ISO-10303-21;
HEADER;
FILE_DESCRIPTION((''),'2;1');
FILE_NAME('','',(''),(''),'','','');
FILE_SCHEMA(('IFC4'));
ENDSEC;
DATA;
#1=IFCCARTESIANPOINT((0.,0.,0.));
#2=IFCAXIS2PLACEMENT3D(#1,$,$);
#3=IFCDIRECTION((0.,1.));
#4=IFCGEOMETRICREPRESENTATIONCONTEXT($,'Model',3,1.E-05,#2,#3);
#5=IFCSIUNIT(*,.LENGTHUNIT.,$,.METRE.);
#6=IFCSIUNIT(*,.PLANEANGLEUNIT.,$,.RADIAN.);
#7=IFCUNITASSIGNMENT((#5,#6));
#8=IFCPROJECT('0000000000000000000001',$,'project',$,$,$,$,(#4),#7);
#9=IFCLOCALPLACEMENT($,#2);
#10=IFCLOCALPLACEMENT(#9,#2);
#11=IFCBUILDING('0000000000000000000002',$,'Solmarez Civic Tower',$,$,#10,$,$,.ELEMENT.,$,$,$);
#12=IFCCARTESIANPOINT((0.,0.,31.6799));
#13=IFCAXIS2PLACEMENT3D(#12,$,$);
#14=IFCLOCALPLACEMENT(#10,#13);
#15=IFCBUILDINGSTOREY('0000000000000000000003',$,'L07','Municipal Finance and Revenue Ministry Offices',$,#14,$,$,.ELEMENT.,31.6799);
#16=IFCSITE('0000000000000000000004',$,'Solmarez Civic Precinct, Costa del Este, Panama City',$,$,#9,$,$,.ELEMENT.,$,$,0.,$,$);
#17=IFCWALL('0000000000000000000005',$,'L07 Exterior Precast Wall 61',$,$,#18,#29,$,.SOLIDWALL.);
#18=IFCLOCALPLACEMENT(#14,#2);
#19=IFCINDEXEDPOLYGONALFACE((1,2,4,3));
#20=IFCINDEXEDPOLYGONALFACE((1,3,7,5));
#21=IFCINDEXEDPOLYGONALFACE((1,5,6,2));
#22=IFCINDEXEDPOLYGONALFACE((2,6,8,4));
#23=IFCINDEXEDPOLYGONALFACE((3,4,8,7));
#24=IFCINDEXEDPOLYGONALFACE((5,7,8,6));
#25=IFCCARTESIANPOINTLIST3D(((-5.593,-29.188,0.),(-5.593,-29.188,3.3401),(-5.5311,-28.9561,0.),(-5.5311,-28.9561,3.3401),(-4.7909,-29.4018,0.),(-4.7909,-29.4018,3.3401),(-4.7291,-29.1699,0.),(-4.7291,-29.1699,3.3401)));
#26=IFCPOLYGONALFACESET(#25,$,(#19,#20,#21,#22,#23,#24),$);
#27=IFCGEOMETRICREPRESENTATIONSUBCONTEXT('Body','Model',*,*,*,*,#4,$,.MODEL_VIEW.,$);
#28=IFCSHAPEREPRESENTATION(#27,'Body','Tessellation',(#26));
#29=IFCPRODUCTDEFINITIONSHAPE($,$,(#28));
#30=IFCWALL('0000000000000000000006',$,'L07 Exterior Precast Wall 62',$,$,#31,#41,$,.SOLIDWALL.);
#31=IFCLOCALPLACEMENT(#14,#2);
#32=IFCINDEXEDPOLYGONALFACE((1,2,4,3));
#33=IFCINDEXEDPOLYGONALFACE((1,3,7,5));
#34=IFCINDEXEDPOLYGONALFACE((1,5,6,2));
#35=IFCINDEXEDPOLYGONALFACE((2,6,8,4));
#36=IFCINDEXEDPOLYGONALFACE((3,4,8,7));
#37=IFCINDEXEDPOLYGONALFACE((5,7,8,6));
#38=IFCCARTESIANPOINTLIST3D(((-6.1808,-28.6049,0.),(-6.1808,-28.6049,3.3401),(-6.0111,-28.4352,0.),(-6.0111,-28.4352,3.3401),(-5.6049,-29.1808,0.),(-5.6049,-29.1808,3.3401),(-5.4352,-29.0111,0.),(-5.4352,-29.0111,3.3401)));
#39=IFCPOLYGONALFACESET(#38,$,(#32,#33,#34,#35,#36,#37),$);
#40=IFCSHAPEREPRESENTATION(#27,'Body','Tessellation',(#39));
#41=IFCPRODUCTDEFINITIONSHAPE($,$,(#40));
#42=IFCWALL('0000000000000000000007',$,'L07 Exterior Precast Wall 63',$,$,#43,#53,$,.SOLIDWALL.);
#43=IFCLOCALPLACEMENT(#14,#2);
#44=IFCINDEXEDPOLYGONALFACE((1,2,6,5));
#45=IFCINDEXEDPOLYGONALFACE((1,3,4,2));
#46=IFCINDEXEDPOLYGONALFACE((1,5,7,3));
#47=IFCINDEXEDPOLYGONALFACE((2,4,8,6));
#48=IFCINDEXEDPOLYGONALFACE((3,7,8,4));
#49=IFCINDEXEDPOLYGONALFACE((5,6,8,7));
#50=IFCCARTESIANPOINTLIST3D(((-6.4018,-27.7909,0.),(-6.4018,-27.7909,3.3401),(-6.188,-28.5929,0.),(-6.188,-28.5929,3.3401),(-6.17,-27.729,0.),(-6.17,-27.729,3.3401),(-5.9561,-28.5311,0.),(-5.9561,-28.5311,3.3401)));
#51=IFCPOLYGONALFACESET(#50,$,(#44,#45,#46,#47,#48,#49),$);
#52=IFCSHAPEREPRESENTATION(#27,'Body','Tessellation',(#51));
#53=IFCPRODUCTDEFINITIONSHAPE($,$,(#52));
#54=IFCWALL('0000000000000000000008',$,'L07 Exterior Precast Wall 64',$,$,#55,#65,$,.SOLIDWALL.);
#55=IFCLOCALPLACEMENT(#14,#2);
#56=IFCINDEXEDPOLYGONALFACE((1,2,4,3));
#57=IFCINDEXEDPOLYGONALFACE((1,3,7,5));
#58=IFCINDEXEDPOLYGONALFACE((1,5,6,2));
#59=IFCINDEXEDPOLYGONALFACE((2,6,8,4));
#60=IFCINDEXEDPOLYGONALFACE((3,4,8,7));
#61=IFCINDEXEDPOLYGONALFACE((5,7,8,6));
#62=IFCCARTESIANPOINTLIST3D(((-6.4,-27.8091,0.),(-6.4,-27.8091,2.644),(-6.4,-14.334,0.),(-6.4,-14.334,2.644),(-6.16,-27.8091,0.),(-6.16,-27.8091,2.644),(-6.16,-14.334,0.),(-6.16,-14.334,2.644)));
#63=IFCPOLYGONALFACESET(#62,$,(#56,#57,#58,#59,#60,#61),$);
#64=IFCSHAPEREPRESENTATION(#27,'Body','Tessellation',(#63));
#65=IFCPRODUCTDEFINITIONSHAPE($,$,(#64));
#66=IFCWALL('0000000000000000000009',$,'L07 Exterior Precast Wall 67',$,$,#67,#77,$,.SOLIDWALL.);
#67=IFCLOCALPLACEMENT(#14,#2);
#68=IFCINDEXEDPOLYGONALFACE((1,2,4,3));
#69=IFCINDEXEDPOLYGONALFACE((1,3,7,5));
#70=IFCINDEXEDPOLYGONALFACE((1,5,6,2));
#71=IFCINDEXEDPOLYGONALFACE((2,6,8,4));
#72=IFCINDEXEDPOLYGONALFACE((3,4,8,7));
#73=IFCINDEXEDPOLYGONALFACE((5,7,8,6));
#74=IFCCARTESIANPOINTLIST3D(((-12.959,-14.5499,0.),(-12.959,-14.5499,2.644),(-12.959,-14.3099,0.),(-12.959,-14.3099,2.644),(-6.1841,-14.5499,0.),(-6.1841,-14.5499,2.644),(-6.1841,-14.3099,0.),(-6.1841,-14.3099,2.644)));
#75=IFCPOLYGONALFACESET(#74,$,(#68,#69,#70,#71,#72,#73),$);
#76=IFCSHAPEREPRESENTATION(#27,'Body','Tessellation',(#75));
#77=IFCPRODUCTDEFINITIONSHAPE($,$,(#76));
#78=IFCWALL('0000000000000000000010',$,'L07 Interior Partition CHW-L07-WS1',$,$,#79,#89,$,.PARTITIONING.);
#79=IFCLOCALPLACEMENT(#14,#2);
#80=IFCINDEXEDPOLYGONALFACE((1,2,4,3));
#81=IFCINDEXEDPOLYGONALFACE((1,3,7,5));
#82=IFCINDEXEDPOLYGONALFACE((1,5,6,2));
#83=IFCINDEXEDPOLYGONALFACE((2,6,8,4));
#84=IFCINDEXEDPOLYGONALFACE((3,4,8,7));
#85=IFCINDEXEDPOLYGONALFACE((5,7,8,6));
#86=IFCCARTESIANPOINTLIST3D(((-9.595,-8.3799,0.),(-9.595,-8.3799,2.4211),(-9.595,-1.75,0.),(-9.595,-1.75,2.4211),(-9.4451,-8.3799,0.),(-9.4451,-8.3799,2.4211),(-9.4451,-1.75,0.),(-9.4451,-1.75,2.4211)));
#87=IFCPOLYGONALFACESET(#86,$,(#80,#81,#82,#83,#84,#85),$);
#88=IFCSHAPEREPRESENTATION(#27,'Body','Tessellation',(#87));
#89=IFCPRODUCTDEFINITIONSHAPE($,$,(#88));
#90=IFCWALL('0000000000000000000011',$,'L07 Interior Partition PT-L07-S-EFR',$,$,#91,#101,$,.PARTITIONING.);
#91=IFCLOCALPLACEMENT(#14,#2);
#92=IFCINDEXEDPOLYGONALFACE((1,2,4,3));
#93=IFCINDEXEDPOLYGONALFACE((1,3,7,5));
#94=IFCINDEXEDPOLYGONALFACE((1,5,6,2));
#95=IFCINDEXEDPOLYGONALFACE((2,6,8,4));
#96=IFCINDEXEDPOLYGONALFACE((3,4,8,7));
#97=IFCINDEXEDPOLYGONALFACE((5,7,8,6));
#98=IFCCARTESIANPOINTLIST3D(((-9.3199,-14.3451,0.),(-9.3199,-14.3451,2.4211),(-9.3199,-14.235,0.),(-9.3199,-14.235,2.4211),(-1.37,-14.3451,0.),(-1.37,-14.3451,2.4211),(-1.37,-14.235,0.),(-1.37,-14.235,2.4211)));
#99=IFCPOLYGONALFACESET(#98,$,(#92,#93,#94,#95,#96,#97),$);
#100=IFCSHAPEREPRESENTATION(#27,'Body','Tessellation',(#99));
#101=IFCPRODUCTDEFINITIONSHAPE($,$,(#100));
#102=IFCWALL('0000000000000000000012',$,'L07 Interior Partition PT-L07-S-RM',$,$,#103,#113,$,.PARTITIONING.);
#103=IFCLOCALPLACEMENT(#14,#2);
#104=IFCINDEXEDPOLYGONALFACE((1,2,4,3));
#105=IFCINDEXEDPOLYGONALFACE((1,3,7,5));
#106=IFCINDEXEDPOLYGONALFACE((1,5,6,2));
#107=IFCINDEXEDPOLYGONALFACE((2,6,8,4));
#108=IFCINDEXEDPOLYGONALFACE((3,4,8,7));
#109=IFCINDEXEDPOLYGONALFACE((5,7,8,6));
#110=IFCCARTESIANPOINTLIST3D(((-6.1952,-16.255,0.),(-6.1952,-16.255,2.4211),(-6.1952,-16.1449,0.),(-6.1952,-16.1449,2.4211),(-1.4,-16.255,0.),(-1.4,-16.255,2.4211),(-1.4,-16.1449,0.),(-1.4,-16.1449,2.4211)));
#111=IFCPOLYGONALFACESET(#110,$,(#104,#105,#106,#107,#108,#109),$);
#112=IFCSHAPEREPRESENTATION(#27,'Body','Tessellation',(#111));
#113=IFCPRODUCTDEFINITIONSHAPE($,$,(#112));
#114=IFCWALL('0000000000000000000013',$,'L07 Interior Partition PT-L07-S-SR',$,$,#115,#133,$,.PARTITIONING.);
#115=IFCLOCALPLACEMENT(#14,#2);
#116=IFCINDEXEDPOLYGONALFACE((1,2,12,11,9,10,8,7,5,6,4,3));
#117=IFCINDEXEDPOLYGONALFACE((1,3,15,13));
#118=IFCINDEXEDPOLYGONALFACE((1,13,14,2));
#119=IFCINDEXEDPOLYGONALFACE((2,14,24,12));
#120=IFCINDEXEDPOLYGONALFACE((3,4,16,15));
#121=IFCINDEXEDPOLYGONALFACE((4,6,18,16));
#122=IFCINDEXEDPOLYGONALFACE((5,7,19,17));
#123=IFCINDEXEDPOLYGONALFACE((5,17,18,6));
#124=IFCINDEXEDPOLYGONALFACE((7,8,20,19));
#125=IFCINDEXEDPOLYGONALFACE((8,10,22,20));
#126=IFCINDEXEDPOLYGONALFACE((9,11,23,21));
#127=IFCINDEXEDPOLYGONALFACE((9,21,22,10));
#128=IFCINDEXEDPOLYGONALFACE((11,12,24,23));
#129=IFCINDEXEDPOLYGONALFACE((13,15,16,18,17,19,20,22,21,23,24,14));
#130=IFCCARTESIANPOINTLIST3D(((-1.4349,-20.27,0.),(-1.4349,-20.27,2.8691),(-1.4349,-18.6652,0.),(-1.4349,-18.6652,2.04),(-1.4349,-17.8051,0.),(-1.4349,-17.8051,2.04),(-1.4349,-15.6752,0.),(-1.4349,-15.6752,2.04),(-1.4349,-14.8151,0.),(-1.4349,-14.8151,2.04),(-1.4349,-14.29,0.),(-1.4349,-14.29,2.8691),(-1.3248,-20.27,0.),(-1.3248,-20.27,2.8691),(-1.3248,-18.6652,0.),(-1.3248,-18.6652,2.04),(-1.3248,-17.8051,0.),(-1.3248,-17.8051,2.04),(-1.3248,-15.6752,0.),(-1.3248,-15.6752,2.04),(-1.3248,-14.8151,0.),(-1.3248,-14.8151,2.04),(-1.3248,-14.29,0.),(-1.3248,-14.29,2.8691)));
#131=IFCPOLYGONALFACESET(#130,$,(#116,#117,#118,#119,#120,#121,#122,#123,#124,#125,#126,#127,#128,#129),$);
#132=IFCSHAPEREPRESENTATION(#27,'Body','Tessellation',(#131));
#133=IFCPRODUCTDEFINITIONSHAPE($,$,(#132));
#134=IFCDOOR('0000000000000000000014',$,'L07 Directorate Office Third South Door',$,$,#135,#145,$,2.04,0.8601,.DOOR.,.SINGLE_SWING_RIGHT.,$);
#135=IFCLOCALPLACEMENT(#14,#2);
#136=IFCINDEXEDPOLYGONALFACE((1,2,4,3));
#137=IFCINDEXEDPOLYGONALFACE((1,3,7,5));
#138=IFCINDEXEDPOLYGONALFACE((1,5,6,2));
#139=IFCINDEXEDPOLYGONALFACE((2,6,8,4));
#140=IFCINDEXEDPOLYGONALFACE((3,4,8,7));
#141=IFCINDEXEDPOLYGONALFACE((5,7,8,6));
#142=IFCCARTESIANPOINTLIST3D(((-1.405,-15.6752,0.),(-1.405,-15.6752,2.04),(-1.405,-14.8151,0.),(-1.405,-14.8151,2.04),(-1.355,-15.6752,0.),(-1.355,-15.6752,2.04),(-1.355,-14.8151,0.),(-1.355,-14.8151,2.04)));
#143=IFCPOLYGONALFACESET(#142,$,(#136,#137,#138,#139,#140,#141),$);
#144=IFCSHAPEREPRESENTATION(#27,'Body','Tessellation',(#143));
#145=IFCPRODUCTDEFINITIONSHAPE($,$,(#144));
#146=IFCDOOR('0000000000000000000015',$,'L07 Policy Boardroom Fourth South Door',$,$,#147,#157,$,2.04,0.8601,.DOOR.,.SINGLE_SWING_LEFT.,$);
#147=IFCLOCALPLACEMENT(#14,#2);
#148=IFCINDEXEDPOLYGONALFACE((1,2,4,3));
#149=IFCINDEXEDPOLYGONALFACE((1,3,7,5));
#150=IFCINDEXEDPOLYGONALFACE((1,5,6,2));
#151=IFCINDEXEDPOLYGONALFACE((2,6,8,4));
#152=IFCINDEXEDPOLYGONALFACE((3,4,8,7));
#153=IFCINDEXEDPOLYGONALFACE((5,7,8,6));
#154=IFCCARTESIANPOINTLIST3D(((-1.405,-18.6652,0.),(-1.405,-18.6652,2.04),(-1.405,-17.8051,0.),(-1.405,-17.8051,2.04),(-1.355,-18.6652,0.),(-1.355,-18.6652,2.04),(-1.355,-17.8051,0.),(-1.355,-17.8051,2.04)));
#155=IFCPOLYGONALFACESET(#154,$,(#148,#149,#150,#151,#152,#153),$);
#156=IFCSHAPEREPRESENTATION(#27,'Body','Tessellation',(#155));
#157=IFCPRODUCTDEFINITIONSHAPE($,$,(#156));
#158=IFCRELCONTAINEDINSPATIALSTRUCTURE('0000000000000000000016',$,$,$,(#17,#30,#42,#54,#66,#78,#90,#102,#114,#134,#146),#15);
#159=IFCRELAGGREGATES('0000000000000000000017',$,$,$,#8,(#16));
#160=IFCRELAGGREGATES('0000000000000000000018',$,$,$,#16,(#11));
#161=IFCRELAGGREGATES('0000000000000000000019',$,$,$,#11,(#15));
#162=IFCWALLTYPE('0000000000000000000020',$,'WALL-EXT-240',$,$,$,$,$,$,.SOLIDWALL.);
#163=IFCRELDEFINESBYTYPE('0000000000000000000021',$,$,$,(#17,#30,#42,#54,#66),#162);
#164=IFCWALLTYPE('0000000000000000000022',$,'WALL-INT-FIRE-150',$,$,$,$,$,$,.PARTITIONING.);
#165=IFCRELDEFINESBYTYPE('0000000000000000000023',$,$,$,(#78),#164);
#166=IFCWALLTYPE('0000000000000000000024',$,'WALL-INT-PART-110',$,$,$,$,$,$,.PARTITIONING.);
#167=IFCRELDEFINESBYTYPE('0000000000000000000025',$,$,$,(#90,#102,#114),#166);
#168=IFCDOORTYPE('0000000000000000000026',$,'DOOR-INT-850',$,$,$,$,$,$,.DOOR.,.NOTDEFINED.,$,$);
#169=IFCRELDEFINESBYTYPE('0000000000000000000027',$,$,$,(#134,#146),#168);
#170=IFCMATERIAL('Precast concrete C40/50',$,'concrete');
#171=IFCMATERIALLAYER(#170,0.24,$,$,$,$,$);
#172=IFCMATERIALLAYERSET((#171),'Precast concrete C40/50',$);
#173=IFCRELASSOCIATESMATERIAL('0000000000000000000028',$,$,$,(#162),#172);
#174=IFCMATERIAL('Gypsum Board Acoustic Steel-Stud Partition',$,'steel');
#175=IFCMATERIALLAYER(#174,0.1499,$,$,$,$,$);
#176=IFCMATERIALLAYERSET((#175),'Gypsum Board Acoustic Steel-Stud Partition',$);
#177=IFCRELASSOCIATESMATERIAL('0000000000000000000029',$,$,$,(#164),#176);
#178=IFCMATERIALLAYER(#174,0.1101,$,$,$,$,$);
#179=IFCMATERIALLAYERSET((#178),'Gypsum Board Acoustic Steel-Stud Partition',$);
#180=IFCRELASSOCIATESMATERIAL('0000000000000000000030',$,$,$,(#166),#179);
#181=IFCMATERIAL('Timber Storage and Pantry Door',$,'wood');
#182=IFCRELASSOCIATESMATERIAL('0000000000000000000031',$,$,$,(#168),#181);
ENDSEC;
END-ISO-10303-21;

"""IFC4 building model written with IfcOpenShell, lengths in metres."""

from ifc_helpers import new_model, si_unit, direction, frame, frame_2d, origin, place, context, subcontext, project, spatial, rectangle, extrude, material, layer, layer_set, type_object, element, fill, save


model = new_model("IFC4")

# Units and contexts
model_context = context("Model", 3, precision=1e-05, world=origin(), true_north=direction((0.0, 1.0)))
body_context = subcontext(model_context, "Body", "Model", "MODEL_VIEW")
ifc_project = project(units=[si_unit("LENGTHUNIT", "METRE"), si_unit("PLANEANGLEUNIT", "RADIAN")], contexts=[model_context])

# Site, building, storey
site_placement = place(None, origin())
site = spatial("IfcSite", under=ifc_project, at=site_placement, Name="Solmarez Civic Precinct, Costa del Este, Panama City", CompositionType="ELEMENT", RefElevation=0.0)
building_placement = place(site_placement, origin())
building = spatial("IfcBuilding", under=site, at=building_placement, Name="Solmarez Civic Tower", CompositionType="ELEMENT")
storey_placement = place(building_placement, frame((0.0, 0.0, 31.6799)))
storey = spatial("IfcBuildingStorey", under=building, at=storey_placement, Name="L07", Description="Municipal Finance and Revenue Ministry Offices", CompositionType="ELEMENT", Elevation=31.6799)

# Walls
ifc_material_1 = material(Name="Precast concrete C40/50", Category="concrete")
ifc_layer_1 = layer(ifc_material_1, 0.24)
ifc_layer_set_1 = layer_set([ifc_layer_1], Name="Precast concrete C40/50")
wall_type_1 = type_object("IfcWallType", Name="WALL-EXT-240", PredefinedType="SOLIDWALL", material=ifc_layer_set_1)
wall_1_placement = place(storey_placement, frame((-4.76, -29.2859, 0.0), z_axis=(0.0, 0.0, 1.0), x_axis=(-0.966235, 0.257663, 0.0)))
element("IfcWall", 1, at=wall_1_placement, inside=storey, type_object=wall_type_1, Name="L07 Exterior Precast Wall 61", PredefinedType="SOLIDWALL", context=body_context, shape_type="SweptSolid", body=[
    extrude(rectangle(XDim=0.8301, YDim=0.24, at=frame_2d((0.415, 0.0))), origin(), (0.0, 0.0, 1.0), 3.3401),
])
wall_2_placement = place(storey_placement, frame((-5.52, -29.0959, 0.0), z_axis=(0.0, 0.0, 1.0), x_axis=(-0.707107, 0.707107, 0.0)))
element("IfcWall", 2, at=wall_2_placement, inside=storey, type_object=wall_type_1, Name="L07 Exterior Precast Wall 62", PredefinedType="SOLIDWALL", context=body_context, shape_type="SweptSolid", body=[
    extrude(rectangle(XDim=0.8145, YDim=0.24, at=frame_2d((0.4072, 0.0))), origin(), (0.0, 0.0, 1.0), 3.3401),
])
wall_3_placement = place(storey_placement, frame((-6.072, -28.562, 0.0), z_axis=(0.0, 0.0, 1.0), x_axis=(-0.257663, 0.966235, 0.0)))
element("IfcWall", 3, at=wall_3_placement, inside=storey, type_object=wall_type_1, Name="L07 Exterior Precast Wall 63", PredefinedType="SOLIDWALL", context=body_context, shape_type="SweptSolid", body=[
    extrude(rectangle(XDim=0.8301, YDim=0.24, at=frame_2d((0.415, 0.0))), origin(), (0.0, 0.0, 1.0), 3.3401),
])
wall_4_placement = place(storey_placement, frame((-6.28, -27.8091, 0.0), z_axis=(0.0, 0.0, 1.0), x_axis=(0.0, 1.0, 0.0)))
element("IfcWall", 4, at=wall_4_placement, inside=storey, type_object=wall_type_1, Name="L07 Exterior Precast Wall 64", PredefinedType="SOLIDWALL", context=body_context, shape_type="SweptSolid", body=[
    extrude(rectangle(XDim=13.4751, YDim=0.24, at=frame_2d((6.7375, 0.0))), origin(), (0.0, 0.0, 1.0), 2.644),
])
wall_5_placement = place(storey_placement, frame((-6.1841, -14.4299, 0.0), z_axis=(0.0, 0.0, 1.0), x_axis=(-1.0, 0.0, 0.0)))
element("IfcWall", 5, at=wall_5_placement, inside=storey, type_object=wall_type_1, Name="L07 Exterior Precast Wall 67", PredefinedType="SOLIDWALL", context=body_context, shape_type="SweptSolid", body=[
    extrude(rectangle(XDim=6.7749, YDim=0.24, at=frame_2d((3.3875, 0.0))), origin(), (0.0, 0.0, 1.0), 2.644),
])
ifc_material_2 = material(Name="Gypsum Board Acoustic Steel-Stud Partition", Category="steel")
ifc_layer_2 = layer(ifc_material_2, 0.1499)
ifc_layer_set_2 = layer_set([ifc_layer_2], Name="Gypsum Board Acoustic Steel-Stud Partition")
wall_type_2 = type_object("IfcWallType", Name="WALL-INT-FIRE-150", PredefinedType="PARTITIONING", material=ifc_layer_set_2)
wall_6_placement = place(storey_placement, frame((-9.52, -8.3799, 0.0), z_axis=(0.0, 0.0, 1.0), x_axis=(0.0, 1.0, 0.0)))
element("IfcWall", 6, at=wall_6_placement, inside=storey, type_object=wall_type_2, Name="L07 Interior Partition CHW-L07-WS1", PredefinedType="PARTITIONING", context=body_context, shape_type="SweptSolid", body=[
    extrude(rectangle(XDim=6.6299, YDim=0.1499, at=frame_2d((3.3149, 0.0))), origin(), (0.0, 0.0, 1.0), 2.4211),
])
ifc_layer_3 = layer(ifc_material_2, 0.1101)
ifc_layer_set_3 = layer_set([ifc_layer_3], Name="Gypsum Board Acoustic Steel-Stud Partition")
wall_type_3 = type_object("IfcWallType", Name="WALL-INT-PART-110", PredefinedType="PARTITIONING", material=ifc_layer_set_3)
wall_7_placement = place(storey_placement, frame((-9.3201, -14.29, 0.0), z_axis=(0.0, 0.0, 1.0), x_axis=(1.0, 0.0, 0.0)))
element("IfcWall", 7, at=wall_7_placement, inside=storey, type_object=wall_type_3, Name="L07 Interior Partition PT-L07-S-EFR", PredefinedType="PARTITIONING", context=body_context, shape_type="SweptSolid", body=[
    extrude(rectangle(XDim=7.95, YDim=0.1101, at=frame_2d((3.9751, 0.0))), origin(), (0.0, 0.0, 1.0), 2.4211),
])
wall_8_placement = place(storey_placement, frame((-6.1951, -16.2, 0.0), z_axis=(0.0, 0.0, 1.0), x_axis=(1.0, 0.0, 0.0)))
element("IfcWall", 8, at=wall_8_placement, inside=storey, type_object=wall_type_3, Name="L07 Interior Partition PT-L07-S-RM", PredefinedType="PARTITIONING", context=body_context, shape_type="SweptSolid", body=[
    extrude(rectangle(XDim=4.7952, YDim=0.1101, at=frame_2d((2.3975, 0.0))), origin(), (0.0, 0.0, 1.0), 2.4211),
])

# Wall, openings, doors
wall_9_placement = place(storey_placement, frame((-1.3799, -14.29, 0.0), z_axis=(0.0, 0.0, 1.0), x_axis=(0.0, -1.0, 0.0)))
wall_9 = element("IfcWall", 9, at=wall_9_placement, inside=storey, type_object=wall_type_3, Name="L07 Interior Partition PT-L07-S-SR", PredefinedType="PARTITIONING", context=body_context, shape_type="SweptSolid", body=[
    extrude(rectangle(XDim=5.98, YDim=0.1101, at=frame_2d((2.99, 0.0))), origin(), (0.0, 0.0, 1.0), 2.8691),
])
opening_1_placement = place(wall_9_placement, frame((0.5249, 0.0, 0.0)))
opening_1 = element("IfcOpeningElement", 10, at=opening_1_placement, cuts=wall_9, PredefinedType="OPENING", context=body_context, shape_type="SweptSolid", body=[
    extrude(rectangle(XDim=0.8601, YDim=2.04, at=frame_2d((0.4302, 1.02))), frame((0.0, 0.0649, 0.0), z_axis=(0.0, -1.0, 0.0), x_axis=(1.0, 0.0, 0.0)), (0.0, 0.0, 1.0), 0.1301),
])
opening_2_placement = place(wall_9_placement, frame((3.5149, 0.0, 0.0)))
opening_2 = element("IfcOpeningElement", 11, at=opening_2_placement, cuts=wall_9, PredefinedType="OPENING", context=body_context, shape_type="SweptSolid", body=[
    extrude(rectangle(XDim=0.8601, YDim=2.04, at=frame_2d((0.4302, 1.02))), frame((0.0, 0.0649, 0.0), z_axis=(0.0, -1.0, 0.0), x_axis=(1.0, 0.0, 0.0)), (0.0, 0.0, 1.0), 0.1301),
])
ifc_material_3 = material(Name="Timber Storage and Pantry Door", Category="wood")
door_type = type_object("IfcDoorType", Name="DOOR-INT-850", OperationType="NOTDEFINED", PredefinedType="DOOR", material=ifc_material_3)
door_1_placement = place(opening_1_placement, origin())
door_1 = element("IfcDoor", 12, at=door_1_placement, inside=storey, type_object=door_type, Name="L07 Directorate Office Third South Door", OperationType="SINGLE_SWING_RIGHT", OverallHeight=2.04, OverallWidth=0.8601, PredefinedType="DOOR", context=body_context, shape_type="SweptSolid", body=[
    extrude(rectangle(XDim=0.8601, YDim=2.04, at=frame_2d((0.4302, 1.02))), frame((0.0, 0.0249, 0.0), z_axis=(0.0, -1.0, 0.0), x_axis=(1.0, 0.0, 0.0)), (0.0, 0.0, 1.0), 0.05),
])
fill(opening_1, door_1)
door_2_placement = place(opening_2_placement, origin())
door_2 = element("IfcDoor", 13, at=door_2_placement, inside=storey, type_object=door_type, Name="L07 Policy Boardroom Fourth South Door", OperationType="SINGLE_SWING_LEFT", OverallHeight=2.04, OverallWidth=0.8601, PredefinedType="DOOR", context=body_context, shape_type="SweptSolid", body=[
    extrude(rectangle(XDim=0.8601, YDim=2.04, at=frame_2d((0.4302, 1.02))), frame((0.0, 0.0249, 0.0), z_axis=(0.0, -1.0, 0.0), x_axis=(1.0, 0.0, 0.0)), (0.0, 0.0, 1.0), 0.05),
])
fill(opening_2, door_2)

save(model, "model.ifc")
